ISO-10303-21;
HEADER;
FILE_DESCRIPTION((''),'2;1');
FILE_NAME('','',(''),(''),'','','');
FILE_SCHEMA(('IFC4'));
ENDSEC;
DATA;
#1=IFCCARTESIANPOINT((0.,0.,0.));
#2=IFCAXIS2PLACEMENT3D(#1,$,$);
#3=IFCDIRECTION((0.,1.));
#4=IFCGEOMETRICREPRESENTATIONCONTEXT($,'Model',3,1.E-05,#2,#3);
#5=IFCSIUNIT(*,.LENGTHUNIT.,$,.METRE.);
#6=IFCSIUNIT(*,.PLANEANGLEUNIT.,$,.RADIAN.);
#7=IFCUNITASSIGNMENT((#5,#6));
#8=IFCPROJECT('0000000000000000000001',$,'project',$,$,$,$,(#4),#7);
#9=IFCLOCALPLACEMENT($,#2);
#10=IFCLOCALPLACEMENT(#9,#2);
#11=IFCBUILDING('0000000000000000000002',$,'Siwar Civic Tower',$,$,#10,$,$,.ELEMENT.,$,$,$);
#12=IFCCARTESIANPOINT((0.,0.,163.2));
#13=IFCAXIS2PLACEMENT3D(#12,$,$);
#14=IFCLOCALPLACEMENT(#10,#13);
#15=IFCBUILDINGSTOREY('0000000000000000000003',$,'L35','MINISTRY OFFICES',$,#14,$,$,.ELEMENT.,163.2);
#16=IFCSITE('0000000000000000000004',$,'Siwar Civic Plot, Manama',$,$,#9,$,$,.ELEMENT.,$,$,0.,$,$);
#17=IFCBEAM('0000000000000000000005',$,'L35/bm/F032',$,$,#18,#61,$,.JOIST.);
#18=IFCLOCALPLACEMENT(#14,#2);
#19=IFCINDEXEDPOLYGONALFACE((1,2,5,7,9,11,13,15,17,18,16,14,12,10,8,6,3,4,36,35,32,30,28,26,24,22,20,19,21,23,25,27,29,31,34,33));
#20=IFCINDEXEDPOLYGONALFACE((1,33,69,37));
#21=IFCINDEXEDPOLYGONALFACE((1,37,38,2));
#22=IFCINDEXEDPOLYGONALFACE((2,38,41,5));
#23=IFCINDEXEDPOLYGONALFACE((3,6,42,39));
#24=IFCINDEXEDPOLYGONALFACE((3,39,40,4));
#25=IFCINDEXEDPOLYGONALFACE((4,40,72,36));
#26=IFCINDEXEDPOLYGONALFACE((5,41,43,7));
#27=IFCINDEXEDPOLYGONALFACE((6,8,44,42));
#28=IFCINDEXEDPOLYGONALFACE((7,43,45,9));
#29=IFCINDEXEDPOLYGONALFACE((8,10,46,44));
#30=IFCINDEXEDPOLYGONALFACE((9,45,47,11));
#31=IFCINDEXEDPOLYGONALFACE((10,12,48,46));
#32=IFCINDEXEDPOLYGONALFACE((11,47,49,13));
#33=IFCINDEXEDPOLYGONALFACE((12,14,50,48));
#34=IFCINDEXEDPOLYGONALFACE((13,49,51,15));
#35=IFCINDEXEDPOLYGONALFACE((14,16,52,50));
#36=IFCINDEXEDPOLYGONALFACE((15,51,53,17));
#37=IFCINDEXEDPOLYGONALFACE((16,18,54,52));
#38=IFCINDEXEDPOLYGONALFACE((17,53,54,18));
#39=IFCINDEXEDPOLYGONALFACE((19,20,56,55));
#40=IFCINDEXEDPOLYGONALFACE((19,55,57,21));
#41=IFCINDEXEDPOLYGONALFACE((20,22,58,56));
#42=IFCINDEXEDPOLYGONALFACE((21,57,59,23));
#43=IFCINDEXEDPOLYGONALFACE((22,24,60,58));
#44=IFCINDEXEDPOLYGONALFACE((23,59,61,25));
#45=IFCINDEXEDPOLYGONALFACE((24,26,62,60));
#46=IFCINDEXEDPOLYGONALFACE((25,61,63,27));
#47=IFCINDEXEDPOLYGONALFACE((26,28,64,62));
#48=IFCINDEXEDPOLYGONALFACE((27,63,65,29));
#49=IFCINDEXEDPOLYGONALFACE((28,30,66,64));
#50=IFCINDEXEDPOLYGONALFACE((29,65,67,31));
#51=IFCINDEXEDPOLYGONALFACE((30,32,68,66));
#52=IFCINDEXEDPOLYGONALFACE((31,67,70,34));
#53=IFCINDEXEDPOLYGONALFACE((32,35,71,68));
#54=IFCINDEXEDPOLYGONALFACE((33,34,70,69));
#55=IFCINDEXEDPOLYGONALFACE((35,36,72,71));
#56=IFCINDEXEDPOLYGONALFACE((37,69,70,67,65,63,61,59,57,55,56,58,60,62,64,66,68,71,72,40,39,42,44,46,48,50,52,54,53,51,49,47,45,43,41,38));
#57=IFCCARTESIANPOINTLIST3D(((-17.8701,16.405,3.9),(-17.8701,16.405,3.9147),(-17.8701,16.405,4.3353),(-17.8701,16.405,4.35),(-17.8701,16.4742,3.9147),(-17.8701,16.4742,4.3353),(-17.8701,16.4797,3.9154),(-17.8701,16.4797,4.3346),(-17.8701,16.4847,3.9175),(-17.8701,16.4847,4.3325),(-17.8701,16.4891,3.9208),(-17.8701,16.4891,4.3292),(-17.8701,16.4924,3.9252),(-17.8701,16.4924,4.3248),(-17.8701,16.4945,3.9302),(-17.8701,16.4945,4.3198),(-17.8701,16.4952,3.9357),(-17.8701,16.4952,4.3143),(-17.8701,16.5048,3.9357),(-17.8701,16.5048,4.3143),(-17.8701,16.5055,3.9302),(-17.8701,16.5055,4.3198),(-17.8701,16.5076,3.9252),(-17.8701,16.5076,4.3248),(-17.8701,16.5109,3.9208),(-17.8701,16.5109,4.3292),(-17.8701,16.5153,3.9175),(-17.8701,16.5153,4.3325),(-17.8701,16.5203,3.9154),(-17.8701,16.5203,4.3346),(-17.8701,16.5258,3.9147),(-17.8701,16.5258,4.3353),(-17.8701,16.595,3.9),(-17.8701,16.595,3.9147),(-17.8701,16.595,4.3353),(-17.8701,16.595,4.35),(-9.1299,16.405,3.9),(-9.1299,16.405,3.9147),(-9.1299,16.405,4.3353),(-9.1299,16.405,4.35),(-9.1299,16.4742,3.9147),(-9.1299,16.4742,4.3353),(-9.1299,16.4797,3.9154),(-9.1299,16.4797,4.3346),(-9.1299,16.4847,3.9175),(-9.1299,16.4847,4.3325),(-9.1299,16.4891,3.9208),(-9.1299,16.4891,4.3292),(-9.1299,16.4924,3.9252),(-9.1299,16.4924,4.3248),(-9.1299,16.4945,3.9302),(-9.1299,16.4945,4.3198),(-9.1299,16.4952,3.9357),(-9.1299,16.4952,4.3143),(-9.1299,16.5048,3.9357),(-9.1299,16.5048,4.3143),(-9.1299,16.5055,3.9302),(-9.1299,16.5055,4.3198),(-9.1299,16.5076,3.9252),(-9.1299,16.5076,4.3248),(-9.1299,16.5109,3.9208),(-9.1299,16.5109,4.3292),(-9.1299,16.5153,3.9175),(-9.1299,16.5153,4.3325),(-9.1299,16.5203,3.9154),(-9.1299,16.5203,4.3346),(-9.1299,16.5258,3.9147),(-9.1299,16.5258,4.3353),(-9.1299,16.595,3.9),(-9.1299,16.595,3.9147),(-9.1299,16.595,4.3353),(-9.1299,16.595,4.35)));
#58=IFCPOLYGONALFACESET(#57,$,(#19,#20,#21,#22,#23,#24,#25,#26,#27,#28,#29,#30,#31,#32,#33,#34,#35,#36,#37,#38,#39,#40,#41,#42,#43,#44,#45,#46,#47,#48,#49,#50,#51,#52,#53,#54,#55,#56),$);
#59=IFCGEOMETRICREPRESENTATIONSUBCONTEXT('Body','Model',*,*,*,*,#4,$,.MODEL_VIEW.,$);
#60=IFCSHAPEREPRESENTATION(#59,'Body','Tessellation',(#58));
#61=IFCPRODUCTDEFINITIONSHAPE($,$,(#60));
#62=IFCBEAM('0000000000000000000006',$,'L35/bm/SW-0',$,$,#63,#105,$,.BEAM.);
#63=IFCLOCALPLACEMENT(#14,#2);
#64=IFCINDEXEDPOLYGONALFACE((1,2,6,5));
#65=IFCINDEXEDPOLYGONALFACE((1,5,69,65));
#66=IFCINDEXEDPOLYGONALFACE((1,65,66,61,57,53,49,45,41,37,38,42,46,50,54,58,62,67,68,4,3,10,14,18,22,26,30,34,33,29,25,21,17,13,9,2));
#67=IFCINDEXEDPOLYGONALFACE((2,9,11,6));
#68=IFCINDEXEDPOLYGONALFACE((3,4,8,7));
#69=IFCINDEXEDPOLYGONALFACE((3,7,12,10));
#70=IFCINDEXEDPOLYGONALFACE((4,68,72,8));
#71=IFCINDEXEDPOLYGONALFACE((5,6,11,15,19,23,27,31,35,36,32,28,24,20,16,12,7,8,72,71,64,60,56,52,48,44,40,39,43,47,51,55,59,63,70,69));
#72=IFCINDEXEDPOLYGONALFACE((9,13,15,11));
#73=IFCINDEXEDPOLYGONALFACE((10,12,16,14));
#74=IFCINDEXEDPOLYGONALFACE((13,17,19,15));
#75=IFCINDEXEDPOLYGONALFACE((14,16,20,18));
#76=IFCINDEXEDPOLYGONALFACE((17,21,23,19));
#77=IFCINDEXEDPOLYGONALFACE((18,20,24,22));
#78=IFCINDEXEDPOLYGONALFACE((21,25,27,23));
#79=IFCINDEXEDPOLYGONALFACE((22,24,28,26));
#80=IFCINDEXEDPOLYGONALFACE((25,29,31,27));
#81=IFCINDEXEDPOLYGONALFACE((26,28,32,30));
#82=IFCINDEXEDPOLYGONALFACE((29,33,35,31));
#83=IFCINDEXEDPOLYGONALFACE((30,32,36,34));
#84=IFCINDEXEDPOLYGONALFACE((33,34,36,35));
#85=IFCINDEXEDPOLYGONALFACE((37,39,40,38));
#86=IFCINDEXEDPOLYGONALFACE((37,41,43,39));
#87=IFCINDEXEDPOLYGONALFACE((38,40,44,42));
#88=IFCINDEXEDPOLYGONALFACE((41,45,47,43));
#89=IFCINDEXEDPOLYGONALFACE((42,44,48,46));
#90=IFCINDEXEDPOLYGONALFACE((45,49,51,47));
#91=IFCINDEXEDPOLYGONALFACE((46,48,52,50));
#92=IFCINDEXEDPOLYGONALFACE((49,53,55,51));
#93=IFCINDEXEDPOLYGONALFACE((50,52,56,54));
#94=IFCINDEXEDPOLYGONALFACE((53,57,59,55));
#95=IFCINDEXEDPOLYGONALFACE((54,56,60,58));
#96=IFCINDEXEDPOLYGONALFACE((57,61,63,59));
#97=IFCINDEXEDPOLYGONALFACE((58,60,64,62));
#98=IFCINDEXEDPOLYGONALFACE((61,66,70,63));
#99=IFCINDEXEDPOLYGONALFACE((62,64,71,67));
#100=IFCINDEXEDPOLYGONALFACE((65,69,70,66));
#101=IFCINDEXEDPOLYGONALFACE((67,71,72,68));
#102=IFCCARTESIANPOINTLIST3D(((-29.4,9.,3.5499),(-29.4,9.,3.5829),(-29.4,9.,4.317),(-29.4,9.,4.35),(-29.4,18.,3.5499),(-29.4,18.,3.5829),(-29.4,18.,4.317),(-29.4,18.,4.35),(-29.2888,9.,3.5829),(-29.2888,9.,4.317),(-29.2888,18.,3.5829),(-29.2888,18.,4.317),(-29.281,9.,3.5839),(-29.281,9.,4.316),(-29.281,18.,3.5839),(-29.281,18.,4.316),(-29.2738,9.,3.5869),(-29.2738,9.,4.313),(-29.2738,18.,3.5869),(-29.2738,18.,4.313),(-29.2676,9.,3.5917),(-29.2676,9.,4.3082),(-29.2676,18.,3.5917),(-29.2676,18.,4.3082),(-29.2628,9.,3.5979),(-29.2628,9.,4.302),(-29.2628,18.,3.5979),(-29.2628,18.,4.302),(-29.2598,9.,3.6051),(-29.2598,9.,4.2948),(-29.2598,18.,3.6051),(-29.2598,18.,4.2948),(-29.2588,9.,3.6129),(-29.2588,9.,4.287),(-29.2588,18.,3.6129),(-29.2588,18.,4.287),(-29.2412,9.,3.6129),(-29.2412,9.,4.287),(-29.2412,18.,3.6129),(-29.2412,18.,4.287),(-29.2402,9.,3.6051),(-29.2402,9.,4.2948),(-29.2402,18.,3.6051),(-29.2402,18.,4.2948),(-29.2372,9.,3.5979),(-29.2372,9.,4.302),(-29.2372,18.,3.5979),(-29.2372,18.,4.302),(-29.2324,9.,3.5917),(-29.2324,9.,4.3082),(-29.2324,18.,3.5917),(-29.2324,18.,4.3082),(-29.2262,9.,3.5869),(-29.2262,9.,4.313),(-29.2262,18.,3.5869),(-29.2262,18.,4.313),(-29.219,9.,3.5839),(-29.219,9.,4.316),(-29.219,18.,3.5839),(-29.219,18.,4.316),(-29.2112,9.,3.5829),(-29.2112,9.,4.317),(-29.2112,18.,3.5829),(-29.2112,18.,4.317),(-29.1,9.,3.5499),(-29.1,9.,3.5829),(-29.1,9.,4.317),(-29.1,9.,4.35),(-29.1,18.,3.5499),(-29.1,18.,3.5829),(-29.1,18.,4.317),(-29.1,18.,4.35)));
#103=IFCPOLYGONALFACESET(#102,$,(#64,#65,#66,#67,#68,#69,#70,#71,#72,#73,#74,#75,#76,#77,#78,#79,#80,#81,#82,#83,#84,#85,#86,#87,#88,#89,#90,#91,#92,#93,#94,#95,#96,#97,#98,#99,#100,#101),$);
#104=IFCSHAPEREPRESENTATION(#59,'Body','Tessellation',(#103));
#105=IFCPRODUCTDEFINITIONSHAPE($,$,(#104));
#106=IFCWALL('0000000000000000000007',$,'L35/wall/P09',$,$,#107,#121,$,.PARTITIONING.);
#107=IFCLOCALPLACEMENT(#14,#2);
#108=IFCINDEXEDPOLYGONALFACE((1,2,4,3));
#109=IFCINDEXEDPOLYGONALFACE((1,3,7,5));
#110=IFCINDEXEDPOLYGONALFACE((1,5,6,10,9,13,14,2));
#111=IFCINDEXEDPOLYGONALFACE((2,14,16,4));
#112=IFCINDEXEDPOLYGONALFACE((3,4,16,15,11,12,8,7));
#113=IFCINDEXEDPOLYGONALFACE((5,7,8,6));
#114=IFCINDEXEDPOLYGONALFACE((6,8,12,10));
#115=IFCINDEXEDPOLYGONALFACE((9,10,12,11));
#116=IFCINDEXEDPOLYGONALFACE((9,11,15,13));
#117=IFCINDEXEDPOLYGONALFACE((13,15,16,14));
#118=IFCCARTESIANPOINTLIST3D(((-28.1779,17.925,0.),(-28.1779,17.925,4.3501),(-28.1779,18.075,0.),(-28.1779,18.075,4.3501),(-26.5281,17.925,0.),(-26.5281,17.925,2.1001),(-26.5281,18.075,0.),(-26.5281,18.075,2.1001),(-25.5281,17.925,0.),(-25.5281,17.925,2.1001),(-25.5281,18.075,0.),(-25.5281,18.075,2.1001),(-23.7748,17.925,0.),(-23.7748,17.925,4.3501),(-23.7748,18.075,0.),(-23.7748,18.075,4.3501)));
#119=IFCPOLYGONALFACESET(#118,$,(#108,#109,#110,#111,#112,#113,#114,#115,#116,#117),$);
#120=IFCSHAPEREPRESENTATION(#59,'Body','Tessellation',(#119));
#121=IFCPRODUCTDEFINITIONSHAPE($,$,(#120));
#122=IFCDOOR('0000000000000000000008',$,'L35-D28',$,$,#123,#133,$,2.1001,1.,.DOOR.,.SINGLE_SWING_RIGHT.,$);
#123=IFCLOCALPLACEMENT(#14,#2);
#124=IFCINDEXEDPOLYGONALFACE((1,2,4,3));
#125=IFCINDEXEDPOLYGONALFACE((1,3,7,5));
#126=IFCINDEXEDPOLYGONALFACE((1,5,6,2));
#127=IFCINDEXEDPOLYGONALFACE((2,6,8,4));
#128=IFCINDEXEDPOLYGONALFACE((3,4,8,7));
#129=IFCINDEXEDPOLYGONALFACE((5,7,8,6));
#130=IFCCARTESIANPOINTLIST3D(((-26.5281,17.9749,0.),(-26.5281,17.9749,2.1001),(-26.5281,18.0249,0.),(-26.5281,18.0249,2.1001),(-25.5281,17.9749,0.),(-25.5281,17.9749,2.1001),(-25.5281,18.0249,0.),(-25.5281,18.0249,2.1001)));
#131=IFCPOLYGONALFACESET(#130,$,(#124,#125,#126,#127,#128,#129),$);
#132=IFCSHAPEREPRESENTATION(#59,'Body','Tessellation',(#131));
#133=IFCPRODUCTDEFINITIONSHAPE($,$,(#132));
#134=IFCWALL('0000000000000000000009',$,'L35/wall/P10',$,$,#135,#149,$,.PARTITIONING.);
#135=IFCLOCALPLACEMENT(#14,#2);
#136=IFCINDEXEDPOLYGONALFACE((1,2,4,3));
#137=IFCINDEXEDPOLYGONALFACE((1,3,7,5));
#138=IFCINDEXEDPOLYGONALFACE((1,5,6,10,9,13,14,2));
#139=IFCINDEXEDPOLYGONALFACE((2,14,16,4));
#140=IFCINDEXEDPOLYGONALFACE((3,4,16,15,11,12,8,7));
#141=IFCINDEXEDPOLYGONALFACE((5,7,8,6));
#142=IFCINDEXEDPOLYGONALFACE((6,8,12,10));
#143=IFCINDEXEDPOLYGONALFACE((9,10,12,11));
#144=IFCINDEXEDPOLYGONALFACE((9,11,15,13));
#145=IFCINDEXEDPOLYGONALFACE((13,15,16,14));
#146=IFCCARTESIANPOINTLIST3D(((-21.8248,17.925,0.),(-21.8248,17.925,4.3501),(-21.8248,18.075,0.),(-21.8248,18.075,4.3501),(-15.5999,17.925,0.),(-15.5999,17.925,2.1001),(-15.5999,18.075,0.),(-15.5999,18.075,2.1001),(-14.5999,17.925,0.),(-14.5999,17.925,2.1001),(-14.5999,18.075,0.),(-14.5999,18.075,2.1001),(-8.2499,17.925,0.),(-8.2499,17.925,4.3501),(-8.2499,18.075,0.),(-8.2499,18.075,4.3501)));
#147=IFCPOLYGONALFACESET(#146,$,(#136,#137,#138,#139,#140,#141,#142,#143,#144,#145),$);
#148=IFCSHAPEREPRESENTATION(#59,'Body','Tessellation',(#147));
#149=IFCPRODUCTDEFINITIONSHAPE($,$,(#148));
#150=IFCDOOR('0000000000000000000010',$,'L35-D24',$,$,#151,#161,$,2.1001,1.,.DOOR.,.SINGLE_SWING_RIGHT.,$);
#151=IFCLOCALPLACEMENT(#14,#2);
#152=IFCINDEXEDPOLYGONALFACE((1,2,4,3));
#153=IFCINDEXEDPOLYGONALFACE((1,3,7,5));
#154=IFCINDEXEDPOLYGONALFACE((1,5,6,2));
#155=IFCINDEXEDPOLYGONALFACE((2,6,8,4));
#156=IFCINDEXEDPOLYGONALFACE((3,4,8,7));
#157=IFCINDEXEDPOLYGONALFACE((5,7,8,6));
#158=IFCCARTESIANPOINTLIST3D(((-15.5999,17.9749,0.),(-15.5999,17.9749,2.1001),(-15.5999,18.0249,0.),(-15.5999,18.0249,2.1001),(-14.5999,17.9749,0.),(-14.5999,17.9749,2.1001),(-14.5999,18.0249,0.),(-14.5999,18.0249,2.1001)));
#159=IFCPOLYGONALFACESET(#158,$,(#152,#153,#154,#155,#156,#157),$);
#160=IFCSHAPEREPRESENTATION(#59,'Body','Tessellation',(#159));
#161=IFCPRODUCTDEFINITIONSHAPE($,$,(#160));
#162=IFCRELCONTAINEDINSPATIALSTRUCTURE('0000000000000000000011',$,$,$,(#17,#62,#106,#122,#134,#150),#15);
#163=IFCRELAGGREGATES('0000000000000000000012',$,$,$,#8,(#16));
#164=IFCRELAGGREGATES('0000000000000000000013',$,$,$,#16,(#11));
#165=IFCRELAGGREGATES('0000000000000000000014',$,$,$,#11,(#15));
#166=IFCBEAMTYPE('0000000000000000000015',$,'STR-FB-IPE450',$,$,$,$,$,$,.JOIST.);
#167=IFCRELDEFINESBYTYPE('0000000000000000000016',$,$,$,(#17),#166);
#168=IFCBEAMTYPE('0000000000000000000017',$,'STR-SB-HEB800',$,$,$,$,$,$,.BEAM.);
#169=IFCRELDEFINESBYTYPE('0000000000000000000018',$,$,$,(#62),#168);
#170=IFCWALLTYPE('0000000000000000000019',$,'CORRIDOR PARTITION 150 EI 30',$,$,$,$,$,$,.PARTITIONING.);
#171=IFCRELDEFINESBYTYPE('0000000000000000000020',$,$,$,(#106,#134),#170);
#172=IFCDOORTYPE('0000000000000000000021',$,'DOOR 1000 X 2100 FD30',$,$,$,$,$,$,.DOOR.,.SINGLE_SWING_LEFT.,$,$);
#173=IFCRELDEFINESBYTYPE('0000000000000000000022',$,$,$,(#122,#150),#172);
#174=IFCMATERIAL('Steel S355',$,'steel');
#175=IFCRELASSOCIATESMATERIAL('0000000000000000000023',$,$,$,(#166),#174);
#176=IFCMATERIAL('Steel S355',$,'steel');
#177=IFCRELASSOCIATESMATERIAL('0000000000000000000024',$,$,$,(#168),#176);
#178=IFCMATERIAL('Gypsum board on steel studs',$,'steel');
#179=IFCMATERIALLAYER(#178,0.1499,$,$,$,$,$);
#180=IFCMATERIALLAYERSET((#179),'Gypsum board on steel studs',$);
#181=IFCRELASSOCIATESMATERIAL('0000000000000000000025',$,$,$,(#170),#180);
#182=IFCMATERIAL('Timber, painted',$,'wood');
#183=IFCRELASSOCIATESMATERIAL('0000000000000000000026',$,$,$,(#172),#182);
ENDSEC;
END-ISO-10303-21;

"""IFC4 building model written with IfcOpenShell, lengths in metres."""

from ifc_helpers import new_model, si_unit, direction, frame, frame_2d, origin, origin_2d, place, context, subcontext, project, spatial, rectangle, i_section, extrude, material, layer, layer_set, material_profile, profile_set, type_object, element, fill, save


model = new_model("IFC4")

# Units and contexts
model_context = context("Model", 3, precision=1e-05, world=origin(), true_north=direction((0.0, 1.0)))
body_context = subcontext(model_context, "Body", "Model", "MODEL_VIEW")
ifc_project = project(units=[si_unit("LENGTHUNIT", "METRE"), si_unit("PLANEANGLEUNIT", "RADIAN")], contexts=[model_context])

# Site, building, storey
site_placement = place(None, origin())
site = spatial("IfcSite", under=ifc_project, at=site_placement, Name="Siwar Civic Plot, Manama", CompositionType="ELEMENT", RefElevation=0.0)
building_placement = place(site_placement, origin())
building = spatial("IfcBuilding", under=site, at=building_placement, Name="Siwar Civic Tower", CompositionType="ELEMENT")
storey_placement = place(building_placement, frame((0.0, 0.0, 163.2)))
storey = spatial("IfcBuildingStorey", under=building, at=storey_placement, Name="L35", Description="MINISTRY OFFICES", CompositionType="ELEMENT", Elevation=163.2)

# Beams
ifc_material_1 = material(Name="Steel S355", Category="steel")
ifc_material_profile_1 = material_profile(ifc_material_1, i_section(OverallWidth=0.1899, OverallDepth=0.45, WebThickness=0.0095, FlangeThickness=0.0146, FilletRadius=0.021, at=origin_2d()), Name="IPE450")
ifc_profile_set_1 = profile_set([ifc_material_profile_1], Name="Steel S355")
beam_type_1 = type_object("IfcBeamType", Name="STR-FB-IPE450", PredefinedType="JOIST", material=ifc_profile_set_1)
beam_1_placement = place(storey_placement, frame((-17.8701, 16.5, 4.125), z_axis=(1.0, 0.0, 0.0), x_axis=(0.0, 1.0, 0.0)))
element("IfcBeam", 1, at=beam_1_placement, inside=storey, type_object=beam_type_1, Name="L35/bm/F032", PredefinedType="JOIST", context=body_context, shape_type="SweptSolid", body=[
    extrude(i_section(OverallWidth=0.1899, OverallDepth=0.45, WebThickness=0.0095, FlangeThickness=0.0146, FilletRadius=0.021, at=origin_2d()), origin(), (0.0, 0.0, 1.0), 8.7402),
])
ifc_material_2 = material(Name="Steel S355", Category="steel")
ifc_material_profile_2 = material_profile(ifc_material_2, i_section(OverallWidth=0.3, OverallDepth=0.8, WebThickness=0.0176, FlangeThickness=0.033, FilletRadius=0.03, at=origin_2d()), Name="HEB800")
ifc_profile_set_2 = profile_set([ifc_material_profile_2], Name="Steel S355")
beam_type_2 = type_object("IfcBeamType", Name="STR-SB-HEB800", PredefinedType="BEAM", material=ifc_profile_set_2)
beam_2_placement = place(storey_placement, frame((-29.25, 18.0, 3.95), z_axis=(0.0, -1.0, 0.0), x_axis=(1.0, 0.0, 0.0)))
element("IfcBeam", 2, at=beam_2_placement, inside=storey, type_object=beam_type_2, Name="L35/bm/SW-0", PredefinedType="BEAM", context=body_context, shape_type="SweptSolid", body=[
    extrude(i_section(OverallWidth=0.3, OverallDepth=0.8, WebThickness=0.0176, FlangeThickness=0.033, FilletRadius=0.03, at=origin_2d()), origin(), (0.0, 0.0, 1.0), 9.0),
])

# Walls, openings, doors
ifc_material_3 = material(Name="Gypsum board on steel studs", Category="steel")
ifc_layer_1 = layer(ifc_material_3, 0.1499)
ifc_layer_set_1 = layer_set([ifc_layer_1], Name="Gypsum board on steel studs")
wall_type_1 = type_object("IfcWallType", Name="CORRIDOR PARTITION 150 EI 30", PredefinedType="PARTITIONING", material=ifc_layer_set_1)
wall_1_placement = place(storey_placement, frame((-28.178, 18.0, 0.0), z_axis=(0.0, 0.0, 1.0), x_axis=(1.0, 0.0, 0.0)))
wall_1 = element("IfcWall", 3, at=wall_1_placement, inside=storey, type_object=wall_type_1, Name="L35/wall/P09", PredefinedType="PARTITIONING", context=body_context, shape_type="SweptSolid", body=[
    extrude(rectangle(XDim=4.4031, YDim=0.1499, at=frame_2d((2.2017, 0.0))), origin(), (0.0, 0.0, 1.0), 4.3501),
])
opening_1_placement = place(wall_1_placement, frame((1.6499, 0.0, 0.0)))
opening_1 = element("IfcOpeningElement", 4, at=opening_1_placement, cuts=wall_1, PredefinedType="OPENING", context=body_context, shape_type="SweptSolid", body=[
    extrude(rectangle(XDim=1.0, YDim=2.1001, at=frame_2d((0.5, 1.05))), frame((0.0, 0.085, 0.0), z_axis=(0.0, -1.0, 0.0), x_axis=(1.0, 0.0, 0.0)), (0.0, 0.0, 1.0), 0.1699),
])
ifc_material_4 = material(Name="Timber, painted", Category="wood")
door_type_1 = type_object("IfcDoorType", Name="DOOR 1000 X 2100 FD30", OperationType="SINGLE_SWING_LEFT", PredefinedType="DOOR", material=ifc_material_4)
door_1_placement = place(opening_1_placement, origin())
door_1 = element("IfcDoor", 5, at=door_1_placement, inside=storey, type_object=door_type_1, Name="L35-D28", OperationType="SINGLE_SWING_RIGHT", OverallHeight=2.1001, OverallWidth=1.0, PredefinedType="DOOR", context=body_context, shape_type="SweptSolid", body=[
    extrude(rectangle(XDim=1.0, YDim=2.1001, at=frame_2d((0.5, 1.05))), frame((0.0, 0.0249, 0.0), z_axis=(0.0, -1.0, 0.0), x_axis=(1.0, 0.0, 0.0)), (0.0, 0.0, 1.0), 0.05),
])
fill(opening_1, door_1)
wall_2_placement = place(storey_placement, frame((-21.825, 18.0, 0.0), z_axis=(0.0, 0.0, 1.0), x_axis=(1.0, 0.0, 0.0)))
wall_2 = element("IfcWall", 6, at=wall_2_placement, inside=storey, type_object=wall_type_1, Name="L35/wall/P10", PredefinedType="PARTITIONING", context=body_context, shape_type="SweptSolid", body=[
    extrude(rectangle(XDim=13.575, YDim=0.1499, at=frame_2d((6.7876, 0.0))), origin(), (0.0, 0.0, 1.0), 4.3501),
])
opening_2_placement = place(wall_2_placement, frame((6.2251, 0.0, 0.0)))
opening_2 = element("IfcOpeningElement", 7, at=opening_2_placement, cuts=wall_2, PredefinedType="OPENING", context=body_context, shape_type="SweptSolid", body=[
    extrude(rectangle(XDim=1.0, YDim=2.1001, at=frame_2d((0.5, 1.05))), frame((0.0, 0.085, 0.0), z_axis=(0.0, -1.0, 0.0), x_axis=(1.0, 0.0, 0.0)), (0.0, 0.0, 1.0), 0.1699),
])
door_2_placement = place(opening_2_placement, origin())
door_2 = element("IfcDoor", 8, at=door_2_placement, inside=storey, type_object=door_type_1, Name="L35-D24", OperationType="SINGLE_SWING_RIGHT", OverallHeight=2.1001, OverallWidth=1.0, PredefinedType="DOOR", context=body_context, shape_type="SweptSolid", body=[
    extrude(rectangle(XDim=1.0, YDim=2.1001, at=frame_2d((0.5, 1.05))), frame((0.0, 0.0249, 0.0), z_axis=(0.0, -1.0, 0.0), x_axis=(1.0, 0.0, 0.0)), (0.0, 0.0, 1.0), 0.05),
])
fill(opening_2, door_2)

save(model, "model.ifc")
